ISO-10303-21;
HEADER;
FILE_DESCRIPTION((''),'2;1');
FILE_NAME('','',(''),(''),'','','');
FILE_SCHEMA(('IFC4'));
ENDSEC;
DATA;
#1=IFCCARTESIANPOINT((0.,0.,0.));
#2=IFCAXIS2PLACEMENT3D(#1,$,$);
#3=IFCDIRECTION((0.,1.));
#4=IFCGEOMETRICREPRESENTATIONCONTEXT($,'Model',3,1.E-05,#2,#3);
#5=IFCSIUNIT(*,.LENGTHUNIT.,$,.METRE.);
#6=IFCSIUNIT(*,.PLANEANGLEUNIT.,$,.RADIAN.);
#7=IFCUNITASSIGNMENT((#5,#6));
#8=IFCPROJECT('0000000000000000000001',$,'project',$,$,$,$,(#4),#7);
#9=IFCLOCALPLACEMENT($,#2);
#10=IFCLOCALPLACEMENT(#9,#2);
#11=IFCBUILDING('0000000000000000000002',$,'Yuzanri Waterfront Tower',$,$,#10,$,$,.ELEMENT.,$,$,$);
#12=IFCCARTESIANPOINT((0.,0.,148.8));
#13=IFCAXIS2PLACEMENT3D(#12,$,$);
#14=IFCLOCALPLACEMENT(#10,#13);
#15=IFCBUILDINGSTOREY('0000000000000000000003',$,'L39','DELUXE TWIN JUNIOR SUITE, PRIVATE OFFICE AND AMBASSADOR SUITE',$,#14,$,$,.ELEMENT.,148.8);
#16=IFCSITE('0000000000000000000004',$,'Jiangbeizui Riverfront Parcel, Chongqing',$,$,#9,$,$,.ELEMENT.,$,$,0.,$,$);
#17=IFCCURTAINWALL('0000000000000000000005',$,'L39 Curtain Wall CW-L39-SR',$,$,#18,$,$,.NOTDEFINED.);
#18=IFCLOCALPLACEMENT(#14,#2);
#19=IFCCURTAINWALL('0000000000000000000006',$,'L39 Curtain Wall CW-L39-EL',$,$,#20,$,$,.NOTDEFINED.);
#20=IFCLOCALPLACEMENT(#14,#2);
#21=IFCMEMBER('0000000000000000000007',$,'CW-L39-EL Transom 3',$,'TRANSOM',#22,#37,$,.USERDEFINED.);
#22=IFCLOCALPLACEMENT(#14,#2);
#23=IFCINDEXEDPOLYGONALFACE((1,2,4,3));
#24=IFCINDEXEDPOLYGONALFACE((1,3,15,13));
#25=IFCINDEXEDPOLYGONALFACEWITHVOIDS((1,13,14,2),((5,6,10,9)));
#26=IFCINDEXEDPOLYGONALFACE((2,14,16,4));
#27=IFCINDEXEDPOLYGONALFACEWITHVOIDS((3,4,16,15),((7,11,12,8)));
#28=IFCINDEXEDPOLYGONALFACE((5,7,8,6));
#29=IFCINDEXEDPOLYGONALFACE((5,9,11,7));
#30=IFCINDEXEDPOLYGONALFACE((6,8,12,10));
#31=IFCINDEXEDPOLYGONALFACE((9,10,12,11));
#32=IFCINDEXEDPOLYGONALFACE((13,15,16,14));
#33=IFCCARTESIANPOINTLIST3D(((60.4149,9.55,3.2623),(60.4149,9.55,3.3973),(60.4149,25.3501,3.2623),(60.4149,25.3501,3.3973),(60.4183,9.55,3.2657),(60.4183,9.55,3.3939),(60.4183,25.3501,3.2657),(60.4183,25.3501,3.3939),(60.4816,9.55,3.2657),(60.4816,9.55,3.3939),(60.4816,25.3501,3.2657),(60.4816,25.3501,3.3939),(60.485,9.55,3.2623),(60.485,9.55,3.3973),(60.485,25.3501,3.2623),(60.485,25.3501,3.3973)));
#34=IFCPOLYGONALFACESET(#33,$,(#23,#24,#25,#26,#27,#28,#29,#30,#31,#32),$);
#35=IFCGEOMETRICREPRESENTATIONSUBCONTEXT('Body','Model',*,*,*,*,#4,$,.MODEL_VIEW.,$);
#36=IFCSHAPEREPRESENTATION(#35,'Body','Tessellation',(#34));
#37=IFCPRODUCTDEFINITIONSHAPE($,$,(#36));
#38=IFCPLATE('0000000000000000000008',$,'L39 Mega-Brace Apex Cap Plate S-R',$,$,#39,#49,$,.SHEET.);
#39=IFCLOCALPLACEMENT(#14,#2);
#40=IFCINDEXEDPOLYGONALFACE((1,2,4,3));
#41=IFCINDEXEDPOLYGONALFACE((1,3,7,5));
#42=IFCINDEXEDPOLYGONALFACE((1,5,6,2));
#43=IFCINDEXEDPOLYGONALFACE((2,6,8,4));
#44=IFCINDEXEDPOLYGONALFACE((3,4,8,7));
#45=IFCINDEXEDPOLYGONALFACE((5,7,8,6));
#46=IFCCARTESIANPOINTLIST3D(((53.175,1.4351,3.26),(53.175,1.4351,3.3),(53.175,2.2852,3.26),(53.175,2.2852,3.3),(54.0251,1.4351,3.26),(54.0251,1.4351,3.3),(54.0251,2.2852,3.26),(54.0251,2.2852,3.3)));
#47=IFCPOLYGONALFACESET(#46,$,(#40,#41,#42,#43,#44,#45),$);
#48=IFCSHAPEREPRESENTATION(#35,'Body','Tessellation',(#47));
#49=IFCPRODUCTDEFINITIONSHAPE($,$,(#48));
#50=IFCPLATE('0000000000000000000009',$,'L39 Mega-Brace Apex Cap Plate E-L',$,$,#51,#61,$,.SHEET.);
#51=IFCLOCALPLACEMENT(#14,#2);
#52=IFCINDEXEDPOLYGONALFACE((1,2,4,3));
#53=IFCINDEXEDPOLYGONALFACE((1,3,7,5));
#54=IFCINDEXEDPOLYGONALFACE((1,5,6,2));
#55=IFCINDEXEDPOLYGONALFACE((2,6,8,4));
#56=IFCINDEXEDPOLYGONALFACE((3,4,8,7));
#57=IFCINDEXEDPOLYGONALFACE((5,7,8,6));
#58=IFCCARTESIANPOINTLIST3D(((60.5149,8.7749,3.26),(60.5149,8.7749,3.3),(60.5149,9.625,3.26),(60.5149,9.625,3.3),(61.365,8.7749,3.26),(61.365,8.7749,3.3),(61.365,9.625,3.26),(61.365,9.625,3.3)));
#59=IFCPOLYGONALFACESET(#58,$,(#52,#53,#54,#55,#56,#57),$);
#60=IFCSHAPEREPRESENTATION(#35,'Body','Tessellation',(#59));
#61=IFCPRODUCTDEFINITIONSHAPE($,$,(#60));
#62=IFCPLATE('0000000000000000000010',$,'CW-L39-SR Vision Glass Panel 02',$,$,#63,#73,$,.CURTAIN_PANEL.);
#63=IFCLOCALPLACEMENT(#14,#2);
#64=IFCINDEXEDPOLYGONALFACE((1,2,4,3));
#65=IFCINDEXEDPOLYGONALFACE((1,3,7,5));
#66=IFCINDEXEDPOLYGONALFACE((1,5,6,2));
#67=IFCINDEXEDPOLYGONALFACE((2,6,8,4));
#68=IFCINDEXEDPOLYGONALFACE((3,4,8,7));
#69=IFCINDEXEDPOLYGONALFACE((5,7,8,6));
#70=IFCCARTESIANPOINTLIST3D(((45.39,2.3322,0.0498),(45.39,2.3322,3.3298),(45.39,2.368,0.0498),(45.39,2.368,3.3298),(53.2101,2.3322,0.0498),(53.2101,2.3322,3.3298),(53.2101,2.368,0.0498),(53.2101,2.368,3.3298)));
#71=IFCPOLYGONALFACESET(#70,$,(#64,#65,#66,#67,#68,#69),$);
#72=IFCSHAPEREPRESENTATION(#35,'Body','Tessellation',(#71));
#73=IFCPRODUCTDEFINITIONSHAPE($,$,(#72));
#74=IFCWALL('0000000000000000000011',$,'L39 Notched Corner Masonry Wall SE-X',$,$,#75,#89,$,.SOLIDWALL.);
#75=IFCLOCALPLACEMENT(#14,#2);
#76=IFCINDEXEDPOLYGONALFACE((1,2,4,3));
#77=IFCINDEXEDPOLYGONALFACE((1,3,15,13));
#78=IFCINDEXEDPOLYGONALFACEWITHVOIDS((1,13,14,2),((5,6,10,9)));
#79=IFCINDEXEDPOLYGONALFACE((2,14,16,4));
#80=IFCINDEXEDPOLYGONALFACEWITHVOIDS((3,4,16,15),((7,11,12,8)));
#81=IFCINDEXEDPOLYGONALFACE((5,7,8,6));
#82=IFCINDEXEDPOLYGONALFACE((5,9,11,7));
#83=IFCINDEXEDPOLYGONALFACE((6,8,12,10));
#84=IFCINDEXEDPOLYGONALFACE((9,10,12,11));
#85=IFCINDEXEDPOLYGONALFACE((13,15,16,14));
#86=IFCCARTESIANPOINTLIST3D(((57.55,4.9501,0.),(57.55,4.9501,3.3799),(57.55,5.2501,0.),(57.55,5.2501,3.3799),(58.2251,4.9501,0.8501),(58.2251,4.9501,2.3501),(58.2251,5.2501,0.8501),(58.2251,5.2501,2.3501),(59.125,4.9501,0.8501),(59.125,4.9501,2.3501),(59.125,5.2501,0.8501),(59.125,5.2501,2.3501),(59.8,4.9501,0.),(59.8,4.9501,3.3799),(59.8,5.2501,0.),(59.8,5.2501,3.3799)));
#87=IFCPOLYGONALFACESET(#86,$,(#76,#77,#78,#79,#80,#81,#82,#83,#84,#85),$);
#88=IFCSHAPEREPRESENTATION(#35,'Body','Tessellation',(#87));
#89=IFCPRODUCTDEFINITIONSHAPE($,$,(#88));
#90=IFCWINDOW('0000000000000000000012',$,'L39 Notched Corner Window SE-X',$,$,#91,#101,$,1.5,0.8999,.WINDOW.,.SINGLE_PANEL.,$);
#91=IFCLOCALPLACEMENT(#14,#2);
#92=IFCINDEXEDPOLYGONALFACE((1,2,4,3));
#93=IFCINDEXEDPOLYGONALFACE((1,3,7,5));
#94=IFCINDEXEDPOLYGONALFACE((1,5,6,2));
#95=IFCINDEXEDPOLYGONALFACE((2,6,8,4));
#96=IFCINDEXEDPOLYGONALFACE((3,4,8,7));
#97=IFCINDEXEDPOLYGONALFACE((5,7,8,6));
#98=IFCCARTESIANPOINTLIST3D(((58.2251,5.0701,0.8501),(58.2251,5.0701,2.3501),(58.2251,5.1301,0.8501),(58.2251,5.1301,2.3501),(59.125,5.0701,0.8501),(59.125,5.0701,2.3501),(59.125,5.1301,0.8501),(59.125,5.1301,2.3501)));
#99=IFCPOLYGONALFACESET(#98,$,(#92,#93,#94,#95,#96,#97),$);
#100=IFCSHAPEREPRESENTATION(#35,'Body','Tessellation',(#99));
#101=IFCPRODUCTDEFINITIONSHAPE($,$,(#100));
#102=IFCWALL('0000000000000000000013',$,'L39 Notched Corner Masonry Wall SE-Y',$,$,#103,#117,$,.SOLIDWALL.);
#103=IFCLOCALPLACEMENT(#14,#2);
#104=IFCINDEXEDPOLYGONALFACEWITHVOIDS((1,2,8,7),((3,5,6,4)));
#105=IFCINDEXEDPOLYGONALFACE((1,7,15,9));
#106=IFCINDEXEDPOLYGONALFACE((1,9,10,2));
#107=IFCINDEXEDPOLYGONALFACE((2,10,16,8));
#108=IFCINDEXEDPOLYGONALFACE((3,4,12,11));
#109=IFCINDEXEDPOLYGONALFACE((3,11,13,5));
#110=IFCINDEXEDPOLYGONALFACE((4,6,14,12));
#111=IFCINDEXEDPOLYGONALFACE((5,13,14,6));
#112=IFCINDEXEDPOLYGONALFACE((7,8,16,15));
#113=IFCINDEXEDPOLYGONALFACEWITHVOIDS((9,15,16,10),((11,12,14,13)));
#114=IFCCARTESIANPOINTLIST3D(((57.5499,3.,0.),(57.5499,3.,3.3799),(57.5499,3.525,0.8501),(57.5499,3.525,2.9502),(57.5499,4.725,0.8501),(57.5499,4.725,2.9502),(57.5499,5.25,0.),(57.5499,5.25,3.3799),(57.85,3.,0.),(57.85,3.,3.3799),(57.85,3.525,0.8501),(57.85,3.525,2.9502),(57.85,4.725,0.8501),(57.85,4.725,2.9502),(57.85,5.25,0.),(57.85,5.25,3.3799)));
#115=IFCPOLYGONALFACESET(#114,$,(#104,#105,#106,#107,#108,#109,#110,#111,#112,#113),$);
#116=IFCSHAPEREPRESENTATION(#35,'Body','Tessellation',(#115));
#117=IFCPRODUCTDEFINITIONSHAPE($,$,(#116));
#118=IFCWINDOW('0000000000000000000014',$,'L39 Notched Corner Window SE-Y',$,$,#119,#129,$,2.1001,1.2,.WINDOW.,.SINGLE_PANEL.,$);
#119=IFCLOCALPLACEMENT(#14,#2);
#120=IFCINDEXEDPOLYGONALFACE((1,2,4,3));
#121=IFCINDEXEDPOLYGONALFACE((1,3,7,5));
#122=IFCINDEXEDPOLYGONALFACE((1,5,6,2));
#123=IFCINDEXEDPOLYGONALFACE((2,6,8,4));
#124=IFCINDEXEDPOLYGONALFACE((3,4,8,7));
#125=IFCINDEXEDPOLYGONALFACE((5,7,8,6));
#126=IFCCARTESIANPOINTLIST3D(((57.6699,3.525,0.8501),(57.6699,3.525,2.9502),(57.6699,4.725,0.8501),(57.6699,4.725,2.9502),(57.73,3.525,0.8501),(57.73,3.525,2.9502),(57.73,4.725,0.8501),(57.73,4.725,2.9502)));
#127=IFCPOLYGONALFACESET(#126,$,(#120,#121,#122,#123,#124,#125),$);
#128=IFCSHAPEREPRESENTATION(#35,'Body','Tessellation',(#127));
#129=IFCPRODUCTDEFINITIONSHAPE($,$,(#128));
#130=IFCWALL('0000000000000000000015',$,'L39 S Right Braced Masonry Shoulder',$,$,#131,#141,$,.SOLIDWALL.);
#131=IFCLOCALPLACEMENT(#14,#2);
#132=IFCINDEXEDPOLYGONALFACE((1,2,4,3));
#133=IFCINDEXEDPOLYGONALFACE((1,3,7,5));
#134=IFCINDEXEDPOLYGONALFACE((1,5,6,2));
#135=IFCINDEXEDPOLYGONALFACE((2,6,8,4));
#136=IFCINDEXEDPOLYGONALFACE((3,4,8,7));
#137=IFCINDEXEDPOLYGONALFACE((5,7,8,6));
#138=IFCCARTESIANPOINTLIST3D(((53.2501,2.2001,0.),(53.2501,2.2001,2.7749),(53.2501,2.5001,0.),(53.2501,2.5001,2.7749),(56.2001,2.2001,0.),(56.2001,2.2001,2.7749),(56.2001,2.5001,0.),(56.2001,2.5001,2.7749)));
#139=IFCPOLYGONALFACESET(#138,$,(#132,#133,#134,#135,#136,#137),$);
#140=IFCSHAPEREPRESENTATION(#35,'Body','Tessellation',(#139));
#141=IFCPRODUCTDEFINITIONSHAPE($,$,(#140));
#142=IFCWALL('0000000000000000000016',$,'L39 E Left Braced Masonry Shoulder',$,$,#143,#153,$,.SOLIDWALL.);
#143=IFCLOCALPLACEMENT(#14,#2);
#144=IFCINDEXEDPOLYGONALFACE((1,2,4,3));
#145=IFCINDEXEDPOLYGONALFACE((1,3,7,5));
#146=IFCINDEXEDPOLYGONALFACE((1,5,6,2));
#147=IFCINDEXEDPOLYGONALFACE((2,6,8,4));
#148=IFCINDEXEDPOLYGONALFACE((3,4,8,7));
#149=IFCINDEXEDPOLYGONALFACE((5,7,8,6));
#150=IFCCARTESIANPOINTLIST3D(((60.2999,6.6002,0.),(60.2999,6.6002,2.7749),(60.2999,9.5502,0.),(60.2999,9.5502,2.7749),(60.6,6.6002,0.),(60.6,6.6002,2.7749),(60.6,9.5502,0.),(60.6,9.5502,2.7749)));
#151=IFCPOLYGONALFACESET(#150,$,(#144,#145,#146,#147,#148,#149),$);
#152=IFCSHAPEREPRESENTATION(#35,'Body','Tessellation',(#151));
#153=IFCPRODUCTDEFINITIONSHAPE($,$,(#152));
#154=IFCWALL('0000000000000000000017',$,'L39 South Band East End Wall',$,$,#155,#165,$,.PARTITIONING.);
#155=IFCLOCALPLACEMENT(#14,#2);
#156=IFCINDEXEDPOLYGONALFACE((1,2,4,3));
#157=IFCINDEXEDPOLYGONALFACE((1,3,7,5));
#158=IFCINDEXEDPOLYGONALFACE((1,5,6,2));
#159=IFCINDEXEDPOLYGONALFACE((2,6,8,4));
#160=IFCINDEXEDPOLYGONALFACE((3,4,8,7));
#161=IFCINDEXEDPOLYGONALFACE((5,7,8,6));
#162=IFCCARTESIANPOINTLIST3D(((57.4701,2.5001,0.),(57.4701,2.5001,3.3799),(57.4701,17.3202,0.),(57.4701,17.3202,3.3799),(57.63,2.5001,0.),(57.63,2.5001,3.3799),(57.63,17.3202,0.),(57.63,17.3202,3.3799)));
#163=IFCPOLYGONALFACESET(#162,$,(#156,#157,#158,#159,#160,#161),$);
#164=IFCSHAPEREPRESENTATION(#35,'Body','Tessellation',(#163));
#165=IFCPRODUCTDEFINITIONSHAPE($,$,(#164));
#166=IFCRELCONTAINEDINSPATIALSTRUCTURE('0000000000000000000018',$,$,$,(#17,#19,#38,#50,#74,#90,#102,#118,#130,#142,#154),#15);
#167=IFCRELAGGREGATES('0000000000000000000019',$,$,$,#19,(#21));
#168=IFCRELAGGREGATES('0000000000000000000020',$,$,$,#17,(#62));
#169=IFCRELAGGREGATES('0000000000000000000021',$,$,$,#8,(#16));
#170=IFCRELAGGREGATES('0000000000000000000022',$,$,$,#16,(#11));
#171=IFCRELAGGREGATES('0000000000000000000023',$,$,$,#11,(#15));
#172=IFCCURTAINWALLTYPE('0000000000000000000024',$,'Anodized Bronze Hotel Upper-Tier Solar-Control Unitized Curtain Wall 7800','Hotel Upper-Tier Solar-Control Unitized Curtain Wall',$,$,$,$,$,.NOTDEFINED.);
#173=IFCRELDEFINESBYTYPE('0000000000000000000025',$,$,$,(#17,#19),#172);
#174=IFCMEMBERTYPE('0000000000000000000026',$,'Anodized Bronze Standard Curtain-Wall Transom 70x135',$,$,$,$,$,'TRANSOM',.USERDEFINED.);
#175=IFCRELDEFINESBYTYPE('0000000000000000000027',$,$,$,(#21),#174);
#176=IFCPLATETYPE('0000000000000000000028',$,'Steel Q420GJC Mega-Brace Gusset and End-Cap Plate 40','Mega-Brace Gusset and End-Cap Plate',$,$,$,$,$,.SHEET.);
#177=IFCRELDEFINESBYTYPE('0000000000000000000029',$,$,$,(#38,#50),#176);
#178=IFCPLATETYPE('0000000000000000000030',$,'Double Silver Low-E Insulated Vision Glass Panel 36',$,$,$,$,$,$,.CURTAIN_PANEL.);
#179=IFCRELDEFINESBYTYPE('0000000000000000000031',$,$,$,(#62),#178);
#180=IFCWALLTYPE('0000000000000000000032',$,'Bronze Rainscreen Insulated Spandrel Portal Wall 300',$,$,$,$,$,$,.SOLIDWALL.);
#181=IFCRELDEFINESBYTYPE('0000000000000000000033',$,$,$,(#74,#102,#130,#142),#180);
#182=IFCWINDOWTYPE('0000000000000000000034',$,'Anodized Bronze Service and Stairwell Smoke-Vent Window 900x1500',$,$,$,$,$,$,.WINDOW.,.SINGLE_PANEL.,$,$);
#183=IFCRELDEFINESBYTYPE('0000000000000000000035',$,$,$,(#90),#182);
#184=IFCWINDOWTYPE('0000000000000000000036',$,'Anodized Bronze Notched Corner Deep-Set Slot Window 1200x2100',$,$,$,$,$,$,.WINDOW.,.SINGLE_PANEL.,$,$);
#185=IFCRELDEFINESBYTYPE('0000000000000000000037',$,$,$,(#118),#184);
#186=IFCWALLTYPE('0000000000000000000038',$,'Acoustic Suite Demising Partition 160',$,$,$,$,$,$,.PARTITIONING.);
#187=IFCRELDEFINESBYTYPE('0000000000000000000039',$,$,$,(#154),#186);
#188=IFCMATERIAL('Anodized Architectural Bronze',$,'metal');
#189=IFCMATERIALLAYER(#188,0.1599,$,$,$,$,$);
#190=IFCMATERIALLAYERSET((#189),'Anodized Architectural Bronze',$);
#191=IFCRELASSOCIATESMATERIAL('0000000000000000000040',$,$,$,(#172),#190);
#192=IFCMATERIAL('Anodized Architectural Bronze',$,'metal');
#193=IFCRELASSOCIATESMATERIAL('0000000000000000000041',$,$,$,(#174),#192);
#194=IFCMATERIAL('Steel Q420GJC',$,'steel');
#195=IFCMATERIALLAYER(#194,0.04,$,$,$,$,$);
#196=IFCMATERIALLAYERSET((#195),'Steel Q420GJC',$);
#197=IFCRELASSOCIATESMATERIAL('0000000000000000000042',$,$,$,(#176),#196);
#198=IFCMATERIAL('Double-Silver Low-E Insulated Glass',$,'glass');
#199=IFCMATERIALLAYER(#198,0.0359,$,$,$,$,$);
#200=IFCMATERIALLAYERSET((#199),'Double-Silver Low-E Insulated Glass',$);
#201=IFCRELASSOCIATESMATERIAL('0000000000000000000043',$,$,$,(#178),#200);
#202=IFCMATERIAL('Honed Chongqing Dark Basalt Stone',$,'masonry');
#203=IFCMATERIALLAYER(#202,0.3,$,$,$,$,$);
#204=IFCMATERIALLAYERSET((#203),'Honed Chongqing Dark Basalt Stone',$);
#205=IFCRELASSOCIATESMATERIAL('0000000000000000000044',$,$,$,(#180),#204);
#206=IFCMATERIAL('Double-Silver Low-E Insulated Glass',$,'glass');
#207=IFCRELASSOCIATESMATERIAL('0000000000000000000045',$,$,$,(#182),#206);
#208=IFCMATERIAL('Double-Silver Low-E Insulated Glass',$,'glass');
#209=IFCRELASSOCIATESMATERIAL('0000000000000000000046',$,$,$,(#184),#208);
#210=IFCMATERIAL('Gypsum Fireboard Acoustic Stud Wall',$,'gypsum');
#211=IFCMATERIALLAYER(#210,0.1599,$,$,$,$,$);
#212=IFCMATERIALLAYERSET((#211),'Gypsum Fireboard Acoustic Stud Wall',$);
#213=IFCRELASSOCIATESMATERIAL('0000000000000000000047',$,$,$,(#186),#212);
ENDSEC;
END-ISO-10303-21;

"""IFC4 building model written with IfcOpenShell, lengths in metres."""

from ifc_helpers import new_model, si_unit, direction, frame, frame_2d, origin, origin_2d, place, context, subcontext, project, spatial, rectangle, hollow_rectangle, extrude, source, transform, mapped, material, layer, layer_set, material_profile, profile_set, type_object, element, fill, aggregate, save


model = new_model("IFC4")

# Units and contexts
model_context = context("Model", 3, precision=1e-05, world=origin(), true_north=direction((0.0, 1.0)))
body_context = subcontext(model_context, "Body", "Model", "MODEL_VIEW")
ifc_project = project(units=[si_unit("LENGTHUNIT", "METRE"), si_unit("PLANEANGLEUNIT", "RADIAN")], contexts=[model_context])

# Site, building, storey
site_placement = place(None, origin())
site = spatial("IfcSite", under=ifc_project, at=site_placement, Name="Jiangbeizui Riverfront Parcel, Chongqing", CompositionType="ELEMENT", RefElevation=0.0)
building_placement = place(site_placement, origin())
building = spatial("IfcBuilding", under=site, at=building_placement, Name="Yuzanri Waterfront Tower", CompositionType="ELEMENT")
storey_placement = place(building_placement, frame((0.0, 0.0, 148.8)))
storey = spatial("IfcBuildingStorey", under=building, at=storey_placement, Name="L39", Description="DELUXE TWIN JUNIOR SUITE, PRIVATE OFFICE AND AMBASSADOR SUITE", CompositionType="ELEMENT", Elevation=148.8)

# Curtain walls, member
ifc_material_1 = material(Name="Anodized Architectural Bronze", Category="metal")
ifc_layer_1 = layer(ifc_material_1, 0.1599)
ifc_layer_set_1 = layer_set([ifc_layer_1], Name="Anodized Architectural Bronze")
curtain_wall_type = type_object("IfcCurtainWallType", Name="Anodized Bronze Hotel Upper-Tier Solar-Control Unitized Curtain Wall 7800", Description="Hotel Upper-Tier Solar-Control Unitized Curtain Wall", PredefinedType="NOTDEFINED", material=ifc_layer_set_1)
curtain_wall_1_placement = place(storey_placement, origin())
curtain_wall_1 = element("IfcCurtainWall", 1, at=curtain_wall_1_placement, inside=storey, type_object=curtain_wall_type, Name="L39 Curtain Wall CW-L39-SR", PredefinedType="NOTDEFINED")
curtain_wall_2_placement = place(storey_placement, origin())
curtain_wall_2 = element("IfcCurtainWall", 2, at=curtain_wall_2_placement, inside=storey, type_object=curtain_wall_type, Name="L39 Curtain Wall CW-L39-EL", PredefinedType="NOTDEFINED")
ifc_material_2 = material(Name="Anodized Architectural Bronze", Category="metal")
ifc_material_profile_1 = material_profile(ifc_material_2, hollow_rectangle(XDim=0.0701, YDim=0.135, WallThickness=0.0034, at=origin_2d()), Name="CWT 70x135")
ifc_profile_set_1 = profile_set([ifc_material_profile_1], Name="Anodized Architectural Bronze")
member_type_1 = type_object("IfcMemberType", Name="Anodized Bronze Standard Curtain-Wall Transom 70x135", ElementType="TRANSOM", PredefinedType="USERDEFINED", material=ifc_profile_set_1)
shared_shape_1 = source(origin(), body_context, "Body", "SweptSolid", [
    extrude(hollow_rectangle(XDim=0.0701, YDim=0.135, WallThickness=0.0034, at=origin_2d()), origin(), (0.0, 0.0, 1.0), 15.8),
])
member_1_placement = place(storey_placement, frame((60.45, 9.55, 3.3298), z_axis=(0.0, 1.0, 0.0), x_axis=(-1.0, 0.0, 0.0)))
member_1 = element("IfcMember", 3, at=member_1_placement, type_object=member_type_1, Name="CW-L39-EL Transom 3", ObjectType="TRANSOM", PredefinedType="USERDEFINED", context=body_context, shape_type="MappedRepresentation", body=[
    mapped(shared_shape_1, transform((0.0, 0.0, 0.0), scale=1.0)),
])
aggregate(curtain_wall_2, [member_1])

# Plates
ifc_material_3 = material(Name="Steel Q420GJC", Category="steel")
ifc_layer_2 = layer(ifc_material_3, 0.04)
ifc_layer_set_2 = layer_set([ifc_layer_2], Name="Steel Q420GJC")
plate_type_1 = type_object("IfcPlateType", Name="Steel Q420GJC Mega-Brace Gusset and End-Cap Plate 40", Description="Mega-Brace Gusset and End-Cap Plate", PredefinedType="SHEET", material=ifc_layer_set_2)
shared_shape_2 = source(origin(), body_context, "Body", "SweptSolid", [
    extrude(rectangle(XDim=0.8501, YDim=0.8501, at=origin_2d()), origin(), (0.0, 0.0, 1.0), 0.04),
])
for number, where, z_axis, x_axis, name in (
    (4, (53.6001, 1.8601, 3.26), (0.0, 0.0, 1.0), (1.0, 0.0, 0.0), "L39 Mega-Brace Apex Cap Plate S-R"),
    (5, (60.9399, 9.2, 3.26), (0.0, 0.0, 1.0), (1.0, 0.0, 0.0), "L39 Mega-Brace Apex Cap Plate E-L"),
):
    element("IfcPlate", number, at=place(storey_placement, frame(where, z_axis=z_axis, x_axis=x_axis)), inside=storey, type_object=plate_type_1, Name=name, PredefinedType="SHEET", context=body_context, shape_type="MappedRepresentation", body=[
        mapped(shared_shape_2, transform((0.0, 0.0, 0.0), scale=1.0)),
    ])

# Plate
ifc_material_4 = material(Name="Double-Silver Low-E Insulated Glass", Category="glass")
ifc_layer_3 = layer(ifc_material_4, 0.0359)
ifc_layer_set_3 = layer_set([ifc_layer_3], Name="Double-Silver Low-E Insulated Glass")
plate_type_2 = type_object("IfcPlateType", Name="Double Silver Low-E Insulated Vision Glass Panel 36", PredefinedType="CURTAIN_PANEL", material=ifc_layer_set_3)
shared_shape_3 = source(origin(), body_context, "Body", "SweptSolid", [
    extrude(rectangle(XDim=7.8201, YDim=0.0359, at=origin_2d()), origin(), (0.0, 0.0, 1.0), 3.28),
])
plate_placement = place(storey_placement, frame((49.3, 2.3501, 0.0498), z_axis=(0.0, 0.0, 1.0), x_axis=(1.0, 0.0, 0.0)))
plate = element("IfcPlate", 6, at=plate_placement, type_object=plate_type_2, Name="CW-L39-SR Vision Glass Panel 02", PredefinedType="CURTAIN_PANEL", context=body_context, shape_type="MappedRepresentation", body=[
    mapped(shared_shape_3, transform((0.0, 0.0, 0.0), scale=1.0)),
])
aggregate(curtain_wall_1, [plate])

# Walls, openings, windows
ifc_material_5 = material(Name="Honed Chongqing Dark Basalt Stone", Category="masonry")
ifc_layer_4 = layer(ifc_material_5, 0.3)
ifc_layer_set_4 = layer_set([ifc_layer_4], Name="Honed Chongqing Dark Basalt Stone")
wall_type_1 = type_object("IfcWallType", Name="Bronze Rainscreen Insulated Spandrel Portal Wall 300", PredefinedType="SOLIDWALL", material=ifc_layer_set_4)
wall_1_placement = place(storey_placement, frame((57.55, 5.1001, 0.0), z_axis=(0.0, 0.0, 1.0), x_axis=(1.0, 0.0, 0.0)))
wall_1 = element("IfcWall", 7, at=wall_1_placement, inside=storey, type_object=wall_type_1, Name="L39 Notched Corner Masonry Wall SE-X", PredefinedType="SOLIDWALL", context=body_context, shape_type="SweptSolid", body=[
    extrude(rectangle(XDim=2.25, YDim=0.3, at=frame_2d((1.125, 0.0))), origin(), (0.0, 0.0, 1.0), 3.3799),
])
opening_1_placement = place(wall_1_placement, frame((0.675, 0.0, 0.8501)))
opening_1 = element("IfcOpeningElement", 8, at=opening_1_placement, cuts=wall_1, PredefinedType="OPENING", context=body_context, shape_type="SweptSolid", body=[
    extrude(rectangle(XDim=0.8999, YDim=1.5, at=frame_2d((0.45, 0.75))), frame((0.0, 0.165, 0.0), z_axis=(0.0, -1.0, 0.0), x_axis=(1.0, 0.0, 0.0)), (0.0, 0.0, 1.0), 0.3298),
])
ifc_material_6 = material(Name="Double-Silver Low-E Insulated Glass", Category="glass")
window_type_1 = type_object("IfcWindowType", Name="Anodized Bronze Service and Stairwell Smoke-Vent Window 900x1500", PartitioningType="SINGLE_PANEL", PredefinedType="WINDOW", material=ifc_material_6)
shared_shape_4 = source(origin(), body_context, "Body", "SweptSolid", [
    extrude(rectangle(XDim=0.8999, YDim=1.5, at=frame_2d((0.45, 0.75))), frame((0.0, 0.03, 0.0), z_axis=(0.0, -1.0, 0.0), x_axis=(1.0, 0.0, 0.0)), (0.0, 0.0, 1.0), 0.0601),
])
window_1_placement = place(opening_1_placement, origin())
window_1 = element("IfcWindow", 9, at=window_1_placement, inside=storey, type_object=window_type_1, Name="L39 Notched Corner Window SE-X", OverallHeight=1.5, OverallWidth=0.8999, PartitioningType="SINGLE_PANEL", PredefinedType="WINDOW", context=body_context, shape_type="MappedRepresentation", body=[
    mapped(shared_shape_4, transform((0.0, 0.0, 0.0), scale=1.0)),
])
fill(opening_1, window_1)
wall_2_placement = place(storey_placement, frame((57.7, 3.0, 0.0), z_axis=(0.0, 0.0, 1.0), x_axis=(0.0, 1.0, 0.0)))
wall_2 = element("IfcWall", 10, at=wall_2_placement, inside=storey, type_object=wall_type_1, Name="L39 Notched Corner Masonry Wall SE-Y", PredefinedType="SOLIDWALL", context=body_context, shape_type="SweptSolid", body=[
    extrude(rectangle(XDim=2.25, YDim=0.3, at=frame_2d((1.125, 0.0))), origin(), (0.0, 0.0, 1.0), 3.3799),
])
opening_2_placement = place(wall_2_placement, frame((0.5249, 0.0, 0.8501)))
opening_2 = element("IfcOpeningElement", 11, at=opening_2_placement, cuts=wall_2, PredefinedType="OPENING", context=body_context, shape_type="SweptSolid", body=[
    extrude(rectangle(XDim=1.2, YDim=2.1001, at=frame_2d((0.6001, 1.05))), frame((0.0, 0.165, 0.0), z_axis=(0.0, -1.0, 0.0), x_axis=(1.0, 0.0, 0.0)), (0.0, 0.0, 1.0), 0.3298),
])
ifc_material_7 = material(Name="Double-Silver Low-E Insulated Glass", Category="glass")
window_type_2 = type_object("IfcWindowType", Name="Anodized Bronze Notched Corner Deep-Set Slot Window 1200x2100", PartitioningType="SINGLE_PANEL", PredefinedType="WINDOW", material=ifc_material_7)
shared_shape_5 = source(origin(), body_context, "Body", "SweptSolid", [
    extrude(rectangle(XDim=1.2, YDim=2.1001, at=frame_2d((0.6001, 1.05))), frame((0.0, 0.03, 0.0), z_axis=(0.0, -1.0, 0.0), x_axis=(1.0, 0.0, 0.0)), (0.0, 0.0, 1.0), 0.0601),
])
window_2_placement = place(opening_2_placement, origin())
window_2 = element("IfcWindow", 12, at=window_2_placement, inside=storey, type_object=window_type_2, Name="L39 Notched Corner Window SE-Y", OverallHeight=2.1001, OverallWidth=1.2, PartitioningType="SINGLE_PANEL", PredefinedType="WINDOW", context=body_context, shape_type="MappedRepresentation", body=[
    mapped(shared_shape_5, transform((0.0, 0.0, 0.0), scale=1.0)),
])
fill(opening_2, window_2)

# Walls
shared_shape_6 = source(origin(), body_context, "Body", "SweptSolid", [
    extrude(rectangle(XDim=2.95, YDim=0.3, at=frame_2d((1.4751, 0.0))), origin(), (0.0, 0.0, 1.0), 2.7749),
])
for number, where, z_axis, x_axis, name in (
    (13, (53.25, 2.3501, 0.0), (0.0, 0.0, 1.0), (1.0, 0.0, 0.0), "L39 S Right Braced Masonry Shoulder"),
    (14, (60.45, 6.6001, 0.0), (0.0, 0.0, 1.0), (0.0, 1.0, 0.0), "L39 E Left Braced Masonry Shoulder"),
):
    element("IfcWall", number, at=place(storey_placement, frame(where, z_axis=z_axis, x_axis=x_axis)), inside=storey, type_object=wall_type_1, Name=name, PredefinedType="SOLIDWALL", context=body_context, shape_type="MappedRepresentation", body=[
        mapped(shared_shape_6, transform((0.0, 0.0, 0.0), scale=1.0)),
    ])
ifc_material_8 = material(Name="Gypsum Fireboard Acoustic Stud Wall", Category="gypsum")
ifc_layer_5 = layer(ifc_material_8, 0.1599)
ifc_layer_set_5 = layer_set([ifc_layer_5], Name="Gypsum Fireboard Acoustic Stud Wall")
wall_type_2 = type_object("IfcWallType", Name="Acoustic Suite Demising Partition 160", PredefinedType="PARTITIONING", material=ifc_layer_set_5)
shared_shape_7 = source(origin(), body_context, "Body", "SweptSolid", [
    extrude(rectangle(XDim=14.8201, YDim=0.1599, at=frame_2d((7.4102, 0.0))), origin(), (0.0, 0.0, 1.0), 3.3799),
])
wall_3_placement = place(storey_placement, frame((57.55, 2.5, 0.0), z_axis=(0.0, 0.0, 1.0), x_axis=(0.0, 1.0, 0.0)))
element("IfcWall", 15, at=wall_3_placement, inside=storey, type_object=wall_type_2, Name="L39 South Band East End Wall", PredefinedType="PARTITIONING", context=body_context, shape_type="MappedRepresentation", body=[
    mapped(shared_shape_7, transform((0.0, 0.0, 0.0), scale=1.0)),
])

save(model, "model.ifc")
